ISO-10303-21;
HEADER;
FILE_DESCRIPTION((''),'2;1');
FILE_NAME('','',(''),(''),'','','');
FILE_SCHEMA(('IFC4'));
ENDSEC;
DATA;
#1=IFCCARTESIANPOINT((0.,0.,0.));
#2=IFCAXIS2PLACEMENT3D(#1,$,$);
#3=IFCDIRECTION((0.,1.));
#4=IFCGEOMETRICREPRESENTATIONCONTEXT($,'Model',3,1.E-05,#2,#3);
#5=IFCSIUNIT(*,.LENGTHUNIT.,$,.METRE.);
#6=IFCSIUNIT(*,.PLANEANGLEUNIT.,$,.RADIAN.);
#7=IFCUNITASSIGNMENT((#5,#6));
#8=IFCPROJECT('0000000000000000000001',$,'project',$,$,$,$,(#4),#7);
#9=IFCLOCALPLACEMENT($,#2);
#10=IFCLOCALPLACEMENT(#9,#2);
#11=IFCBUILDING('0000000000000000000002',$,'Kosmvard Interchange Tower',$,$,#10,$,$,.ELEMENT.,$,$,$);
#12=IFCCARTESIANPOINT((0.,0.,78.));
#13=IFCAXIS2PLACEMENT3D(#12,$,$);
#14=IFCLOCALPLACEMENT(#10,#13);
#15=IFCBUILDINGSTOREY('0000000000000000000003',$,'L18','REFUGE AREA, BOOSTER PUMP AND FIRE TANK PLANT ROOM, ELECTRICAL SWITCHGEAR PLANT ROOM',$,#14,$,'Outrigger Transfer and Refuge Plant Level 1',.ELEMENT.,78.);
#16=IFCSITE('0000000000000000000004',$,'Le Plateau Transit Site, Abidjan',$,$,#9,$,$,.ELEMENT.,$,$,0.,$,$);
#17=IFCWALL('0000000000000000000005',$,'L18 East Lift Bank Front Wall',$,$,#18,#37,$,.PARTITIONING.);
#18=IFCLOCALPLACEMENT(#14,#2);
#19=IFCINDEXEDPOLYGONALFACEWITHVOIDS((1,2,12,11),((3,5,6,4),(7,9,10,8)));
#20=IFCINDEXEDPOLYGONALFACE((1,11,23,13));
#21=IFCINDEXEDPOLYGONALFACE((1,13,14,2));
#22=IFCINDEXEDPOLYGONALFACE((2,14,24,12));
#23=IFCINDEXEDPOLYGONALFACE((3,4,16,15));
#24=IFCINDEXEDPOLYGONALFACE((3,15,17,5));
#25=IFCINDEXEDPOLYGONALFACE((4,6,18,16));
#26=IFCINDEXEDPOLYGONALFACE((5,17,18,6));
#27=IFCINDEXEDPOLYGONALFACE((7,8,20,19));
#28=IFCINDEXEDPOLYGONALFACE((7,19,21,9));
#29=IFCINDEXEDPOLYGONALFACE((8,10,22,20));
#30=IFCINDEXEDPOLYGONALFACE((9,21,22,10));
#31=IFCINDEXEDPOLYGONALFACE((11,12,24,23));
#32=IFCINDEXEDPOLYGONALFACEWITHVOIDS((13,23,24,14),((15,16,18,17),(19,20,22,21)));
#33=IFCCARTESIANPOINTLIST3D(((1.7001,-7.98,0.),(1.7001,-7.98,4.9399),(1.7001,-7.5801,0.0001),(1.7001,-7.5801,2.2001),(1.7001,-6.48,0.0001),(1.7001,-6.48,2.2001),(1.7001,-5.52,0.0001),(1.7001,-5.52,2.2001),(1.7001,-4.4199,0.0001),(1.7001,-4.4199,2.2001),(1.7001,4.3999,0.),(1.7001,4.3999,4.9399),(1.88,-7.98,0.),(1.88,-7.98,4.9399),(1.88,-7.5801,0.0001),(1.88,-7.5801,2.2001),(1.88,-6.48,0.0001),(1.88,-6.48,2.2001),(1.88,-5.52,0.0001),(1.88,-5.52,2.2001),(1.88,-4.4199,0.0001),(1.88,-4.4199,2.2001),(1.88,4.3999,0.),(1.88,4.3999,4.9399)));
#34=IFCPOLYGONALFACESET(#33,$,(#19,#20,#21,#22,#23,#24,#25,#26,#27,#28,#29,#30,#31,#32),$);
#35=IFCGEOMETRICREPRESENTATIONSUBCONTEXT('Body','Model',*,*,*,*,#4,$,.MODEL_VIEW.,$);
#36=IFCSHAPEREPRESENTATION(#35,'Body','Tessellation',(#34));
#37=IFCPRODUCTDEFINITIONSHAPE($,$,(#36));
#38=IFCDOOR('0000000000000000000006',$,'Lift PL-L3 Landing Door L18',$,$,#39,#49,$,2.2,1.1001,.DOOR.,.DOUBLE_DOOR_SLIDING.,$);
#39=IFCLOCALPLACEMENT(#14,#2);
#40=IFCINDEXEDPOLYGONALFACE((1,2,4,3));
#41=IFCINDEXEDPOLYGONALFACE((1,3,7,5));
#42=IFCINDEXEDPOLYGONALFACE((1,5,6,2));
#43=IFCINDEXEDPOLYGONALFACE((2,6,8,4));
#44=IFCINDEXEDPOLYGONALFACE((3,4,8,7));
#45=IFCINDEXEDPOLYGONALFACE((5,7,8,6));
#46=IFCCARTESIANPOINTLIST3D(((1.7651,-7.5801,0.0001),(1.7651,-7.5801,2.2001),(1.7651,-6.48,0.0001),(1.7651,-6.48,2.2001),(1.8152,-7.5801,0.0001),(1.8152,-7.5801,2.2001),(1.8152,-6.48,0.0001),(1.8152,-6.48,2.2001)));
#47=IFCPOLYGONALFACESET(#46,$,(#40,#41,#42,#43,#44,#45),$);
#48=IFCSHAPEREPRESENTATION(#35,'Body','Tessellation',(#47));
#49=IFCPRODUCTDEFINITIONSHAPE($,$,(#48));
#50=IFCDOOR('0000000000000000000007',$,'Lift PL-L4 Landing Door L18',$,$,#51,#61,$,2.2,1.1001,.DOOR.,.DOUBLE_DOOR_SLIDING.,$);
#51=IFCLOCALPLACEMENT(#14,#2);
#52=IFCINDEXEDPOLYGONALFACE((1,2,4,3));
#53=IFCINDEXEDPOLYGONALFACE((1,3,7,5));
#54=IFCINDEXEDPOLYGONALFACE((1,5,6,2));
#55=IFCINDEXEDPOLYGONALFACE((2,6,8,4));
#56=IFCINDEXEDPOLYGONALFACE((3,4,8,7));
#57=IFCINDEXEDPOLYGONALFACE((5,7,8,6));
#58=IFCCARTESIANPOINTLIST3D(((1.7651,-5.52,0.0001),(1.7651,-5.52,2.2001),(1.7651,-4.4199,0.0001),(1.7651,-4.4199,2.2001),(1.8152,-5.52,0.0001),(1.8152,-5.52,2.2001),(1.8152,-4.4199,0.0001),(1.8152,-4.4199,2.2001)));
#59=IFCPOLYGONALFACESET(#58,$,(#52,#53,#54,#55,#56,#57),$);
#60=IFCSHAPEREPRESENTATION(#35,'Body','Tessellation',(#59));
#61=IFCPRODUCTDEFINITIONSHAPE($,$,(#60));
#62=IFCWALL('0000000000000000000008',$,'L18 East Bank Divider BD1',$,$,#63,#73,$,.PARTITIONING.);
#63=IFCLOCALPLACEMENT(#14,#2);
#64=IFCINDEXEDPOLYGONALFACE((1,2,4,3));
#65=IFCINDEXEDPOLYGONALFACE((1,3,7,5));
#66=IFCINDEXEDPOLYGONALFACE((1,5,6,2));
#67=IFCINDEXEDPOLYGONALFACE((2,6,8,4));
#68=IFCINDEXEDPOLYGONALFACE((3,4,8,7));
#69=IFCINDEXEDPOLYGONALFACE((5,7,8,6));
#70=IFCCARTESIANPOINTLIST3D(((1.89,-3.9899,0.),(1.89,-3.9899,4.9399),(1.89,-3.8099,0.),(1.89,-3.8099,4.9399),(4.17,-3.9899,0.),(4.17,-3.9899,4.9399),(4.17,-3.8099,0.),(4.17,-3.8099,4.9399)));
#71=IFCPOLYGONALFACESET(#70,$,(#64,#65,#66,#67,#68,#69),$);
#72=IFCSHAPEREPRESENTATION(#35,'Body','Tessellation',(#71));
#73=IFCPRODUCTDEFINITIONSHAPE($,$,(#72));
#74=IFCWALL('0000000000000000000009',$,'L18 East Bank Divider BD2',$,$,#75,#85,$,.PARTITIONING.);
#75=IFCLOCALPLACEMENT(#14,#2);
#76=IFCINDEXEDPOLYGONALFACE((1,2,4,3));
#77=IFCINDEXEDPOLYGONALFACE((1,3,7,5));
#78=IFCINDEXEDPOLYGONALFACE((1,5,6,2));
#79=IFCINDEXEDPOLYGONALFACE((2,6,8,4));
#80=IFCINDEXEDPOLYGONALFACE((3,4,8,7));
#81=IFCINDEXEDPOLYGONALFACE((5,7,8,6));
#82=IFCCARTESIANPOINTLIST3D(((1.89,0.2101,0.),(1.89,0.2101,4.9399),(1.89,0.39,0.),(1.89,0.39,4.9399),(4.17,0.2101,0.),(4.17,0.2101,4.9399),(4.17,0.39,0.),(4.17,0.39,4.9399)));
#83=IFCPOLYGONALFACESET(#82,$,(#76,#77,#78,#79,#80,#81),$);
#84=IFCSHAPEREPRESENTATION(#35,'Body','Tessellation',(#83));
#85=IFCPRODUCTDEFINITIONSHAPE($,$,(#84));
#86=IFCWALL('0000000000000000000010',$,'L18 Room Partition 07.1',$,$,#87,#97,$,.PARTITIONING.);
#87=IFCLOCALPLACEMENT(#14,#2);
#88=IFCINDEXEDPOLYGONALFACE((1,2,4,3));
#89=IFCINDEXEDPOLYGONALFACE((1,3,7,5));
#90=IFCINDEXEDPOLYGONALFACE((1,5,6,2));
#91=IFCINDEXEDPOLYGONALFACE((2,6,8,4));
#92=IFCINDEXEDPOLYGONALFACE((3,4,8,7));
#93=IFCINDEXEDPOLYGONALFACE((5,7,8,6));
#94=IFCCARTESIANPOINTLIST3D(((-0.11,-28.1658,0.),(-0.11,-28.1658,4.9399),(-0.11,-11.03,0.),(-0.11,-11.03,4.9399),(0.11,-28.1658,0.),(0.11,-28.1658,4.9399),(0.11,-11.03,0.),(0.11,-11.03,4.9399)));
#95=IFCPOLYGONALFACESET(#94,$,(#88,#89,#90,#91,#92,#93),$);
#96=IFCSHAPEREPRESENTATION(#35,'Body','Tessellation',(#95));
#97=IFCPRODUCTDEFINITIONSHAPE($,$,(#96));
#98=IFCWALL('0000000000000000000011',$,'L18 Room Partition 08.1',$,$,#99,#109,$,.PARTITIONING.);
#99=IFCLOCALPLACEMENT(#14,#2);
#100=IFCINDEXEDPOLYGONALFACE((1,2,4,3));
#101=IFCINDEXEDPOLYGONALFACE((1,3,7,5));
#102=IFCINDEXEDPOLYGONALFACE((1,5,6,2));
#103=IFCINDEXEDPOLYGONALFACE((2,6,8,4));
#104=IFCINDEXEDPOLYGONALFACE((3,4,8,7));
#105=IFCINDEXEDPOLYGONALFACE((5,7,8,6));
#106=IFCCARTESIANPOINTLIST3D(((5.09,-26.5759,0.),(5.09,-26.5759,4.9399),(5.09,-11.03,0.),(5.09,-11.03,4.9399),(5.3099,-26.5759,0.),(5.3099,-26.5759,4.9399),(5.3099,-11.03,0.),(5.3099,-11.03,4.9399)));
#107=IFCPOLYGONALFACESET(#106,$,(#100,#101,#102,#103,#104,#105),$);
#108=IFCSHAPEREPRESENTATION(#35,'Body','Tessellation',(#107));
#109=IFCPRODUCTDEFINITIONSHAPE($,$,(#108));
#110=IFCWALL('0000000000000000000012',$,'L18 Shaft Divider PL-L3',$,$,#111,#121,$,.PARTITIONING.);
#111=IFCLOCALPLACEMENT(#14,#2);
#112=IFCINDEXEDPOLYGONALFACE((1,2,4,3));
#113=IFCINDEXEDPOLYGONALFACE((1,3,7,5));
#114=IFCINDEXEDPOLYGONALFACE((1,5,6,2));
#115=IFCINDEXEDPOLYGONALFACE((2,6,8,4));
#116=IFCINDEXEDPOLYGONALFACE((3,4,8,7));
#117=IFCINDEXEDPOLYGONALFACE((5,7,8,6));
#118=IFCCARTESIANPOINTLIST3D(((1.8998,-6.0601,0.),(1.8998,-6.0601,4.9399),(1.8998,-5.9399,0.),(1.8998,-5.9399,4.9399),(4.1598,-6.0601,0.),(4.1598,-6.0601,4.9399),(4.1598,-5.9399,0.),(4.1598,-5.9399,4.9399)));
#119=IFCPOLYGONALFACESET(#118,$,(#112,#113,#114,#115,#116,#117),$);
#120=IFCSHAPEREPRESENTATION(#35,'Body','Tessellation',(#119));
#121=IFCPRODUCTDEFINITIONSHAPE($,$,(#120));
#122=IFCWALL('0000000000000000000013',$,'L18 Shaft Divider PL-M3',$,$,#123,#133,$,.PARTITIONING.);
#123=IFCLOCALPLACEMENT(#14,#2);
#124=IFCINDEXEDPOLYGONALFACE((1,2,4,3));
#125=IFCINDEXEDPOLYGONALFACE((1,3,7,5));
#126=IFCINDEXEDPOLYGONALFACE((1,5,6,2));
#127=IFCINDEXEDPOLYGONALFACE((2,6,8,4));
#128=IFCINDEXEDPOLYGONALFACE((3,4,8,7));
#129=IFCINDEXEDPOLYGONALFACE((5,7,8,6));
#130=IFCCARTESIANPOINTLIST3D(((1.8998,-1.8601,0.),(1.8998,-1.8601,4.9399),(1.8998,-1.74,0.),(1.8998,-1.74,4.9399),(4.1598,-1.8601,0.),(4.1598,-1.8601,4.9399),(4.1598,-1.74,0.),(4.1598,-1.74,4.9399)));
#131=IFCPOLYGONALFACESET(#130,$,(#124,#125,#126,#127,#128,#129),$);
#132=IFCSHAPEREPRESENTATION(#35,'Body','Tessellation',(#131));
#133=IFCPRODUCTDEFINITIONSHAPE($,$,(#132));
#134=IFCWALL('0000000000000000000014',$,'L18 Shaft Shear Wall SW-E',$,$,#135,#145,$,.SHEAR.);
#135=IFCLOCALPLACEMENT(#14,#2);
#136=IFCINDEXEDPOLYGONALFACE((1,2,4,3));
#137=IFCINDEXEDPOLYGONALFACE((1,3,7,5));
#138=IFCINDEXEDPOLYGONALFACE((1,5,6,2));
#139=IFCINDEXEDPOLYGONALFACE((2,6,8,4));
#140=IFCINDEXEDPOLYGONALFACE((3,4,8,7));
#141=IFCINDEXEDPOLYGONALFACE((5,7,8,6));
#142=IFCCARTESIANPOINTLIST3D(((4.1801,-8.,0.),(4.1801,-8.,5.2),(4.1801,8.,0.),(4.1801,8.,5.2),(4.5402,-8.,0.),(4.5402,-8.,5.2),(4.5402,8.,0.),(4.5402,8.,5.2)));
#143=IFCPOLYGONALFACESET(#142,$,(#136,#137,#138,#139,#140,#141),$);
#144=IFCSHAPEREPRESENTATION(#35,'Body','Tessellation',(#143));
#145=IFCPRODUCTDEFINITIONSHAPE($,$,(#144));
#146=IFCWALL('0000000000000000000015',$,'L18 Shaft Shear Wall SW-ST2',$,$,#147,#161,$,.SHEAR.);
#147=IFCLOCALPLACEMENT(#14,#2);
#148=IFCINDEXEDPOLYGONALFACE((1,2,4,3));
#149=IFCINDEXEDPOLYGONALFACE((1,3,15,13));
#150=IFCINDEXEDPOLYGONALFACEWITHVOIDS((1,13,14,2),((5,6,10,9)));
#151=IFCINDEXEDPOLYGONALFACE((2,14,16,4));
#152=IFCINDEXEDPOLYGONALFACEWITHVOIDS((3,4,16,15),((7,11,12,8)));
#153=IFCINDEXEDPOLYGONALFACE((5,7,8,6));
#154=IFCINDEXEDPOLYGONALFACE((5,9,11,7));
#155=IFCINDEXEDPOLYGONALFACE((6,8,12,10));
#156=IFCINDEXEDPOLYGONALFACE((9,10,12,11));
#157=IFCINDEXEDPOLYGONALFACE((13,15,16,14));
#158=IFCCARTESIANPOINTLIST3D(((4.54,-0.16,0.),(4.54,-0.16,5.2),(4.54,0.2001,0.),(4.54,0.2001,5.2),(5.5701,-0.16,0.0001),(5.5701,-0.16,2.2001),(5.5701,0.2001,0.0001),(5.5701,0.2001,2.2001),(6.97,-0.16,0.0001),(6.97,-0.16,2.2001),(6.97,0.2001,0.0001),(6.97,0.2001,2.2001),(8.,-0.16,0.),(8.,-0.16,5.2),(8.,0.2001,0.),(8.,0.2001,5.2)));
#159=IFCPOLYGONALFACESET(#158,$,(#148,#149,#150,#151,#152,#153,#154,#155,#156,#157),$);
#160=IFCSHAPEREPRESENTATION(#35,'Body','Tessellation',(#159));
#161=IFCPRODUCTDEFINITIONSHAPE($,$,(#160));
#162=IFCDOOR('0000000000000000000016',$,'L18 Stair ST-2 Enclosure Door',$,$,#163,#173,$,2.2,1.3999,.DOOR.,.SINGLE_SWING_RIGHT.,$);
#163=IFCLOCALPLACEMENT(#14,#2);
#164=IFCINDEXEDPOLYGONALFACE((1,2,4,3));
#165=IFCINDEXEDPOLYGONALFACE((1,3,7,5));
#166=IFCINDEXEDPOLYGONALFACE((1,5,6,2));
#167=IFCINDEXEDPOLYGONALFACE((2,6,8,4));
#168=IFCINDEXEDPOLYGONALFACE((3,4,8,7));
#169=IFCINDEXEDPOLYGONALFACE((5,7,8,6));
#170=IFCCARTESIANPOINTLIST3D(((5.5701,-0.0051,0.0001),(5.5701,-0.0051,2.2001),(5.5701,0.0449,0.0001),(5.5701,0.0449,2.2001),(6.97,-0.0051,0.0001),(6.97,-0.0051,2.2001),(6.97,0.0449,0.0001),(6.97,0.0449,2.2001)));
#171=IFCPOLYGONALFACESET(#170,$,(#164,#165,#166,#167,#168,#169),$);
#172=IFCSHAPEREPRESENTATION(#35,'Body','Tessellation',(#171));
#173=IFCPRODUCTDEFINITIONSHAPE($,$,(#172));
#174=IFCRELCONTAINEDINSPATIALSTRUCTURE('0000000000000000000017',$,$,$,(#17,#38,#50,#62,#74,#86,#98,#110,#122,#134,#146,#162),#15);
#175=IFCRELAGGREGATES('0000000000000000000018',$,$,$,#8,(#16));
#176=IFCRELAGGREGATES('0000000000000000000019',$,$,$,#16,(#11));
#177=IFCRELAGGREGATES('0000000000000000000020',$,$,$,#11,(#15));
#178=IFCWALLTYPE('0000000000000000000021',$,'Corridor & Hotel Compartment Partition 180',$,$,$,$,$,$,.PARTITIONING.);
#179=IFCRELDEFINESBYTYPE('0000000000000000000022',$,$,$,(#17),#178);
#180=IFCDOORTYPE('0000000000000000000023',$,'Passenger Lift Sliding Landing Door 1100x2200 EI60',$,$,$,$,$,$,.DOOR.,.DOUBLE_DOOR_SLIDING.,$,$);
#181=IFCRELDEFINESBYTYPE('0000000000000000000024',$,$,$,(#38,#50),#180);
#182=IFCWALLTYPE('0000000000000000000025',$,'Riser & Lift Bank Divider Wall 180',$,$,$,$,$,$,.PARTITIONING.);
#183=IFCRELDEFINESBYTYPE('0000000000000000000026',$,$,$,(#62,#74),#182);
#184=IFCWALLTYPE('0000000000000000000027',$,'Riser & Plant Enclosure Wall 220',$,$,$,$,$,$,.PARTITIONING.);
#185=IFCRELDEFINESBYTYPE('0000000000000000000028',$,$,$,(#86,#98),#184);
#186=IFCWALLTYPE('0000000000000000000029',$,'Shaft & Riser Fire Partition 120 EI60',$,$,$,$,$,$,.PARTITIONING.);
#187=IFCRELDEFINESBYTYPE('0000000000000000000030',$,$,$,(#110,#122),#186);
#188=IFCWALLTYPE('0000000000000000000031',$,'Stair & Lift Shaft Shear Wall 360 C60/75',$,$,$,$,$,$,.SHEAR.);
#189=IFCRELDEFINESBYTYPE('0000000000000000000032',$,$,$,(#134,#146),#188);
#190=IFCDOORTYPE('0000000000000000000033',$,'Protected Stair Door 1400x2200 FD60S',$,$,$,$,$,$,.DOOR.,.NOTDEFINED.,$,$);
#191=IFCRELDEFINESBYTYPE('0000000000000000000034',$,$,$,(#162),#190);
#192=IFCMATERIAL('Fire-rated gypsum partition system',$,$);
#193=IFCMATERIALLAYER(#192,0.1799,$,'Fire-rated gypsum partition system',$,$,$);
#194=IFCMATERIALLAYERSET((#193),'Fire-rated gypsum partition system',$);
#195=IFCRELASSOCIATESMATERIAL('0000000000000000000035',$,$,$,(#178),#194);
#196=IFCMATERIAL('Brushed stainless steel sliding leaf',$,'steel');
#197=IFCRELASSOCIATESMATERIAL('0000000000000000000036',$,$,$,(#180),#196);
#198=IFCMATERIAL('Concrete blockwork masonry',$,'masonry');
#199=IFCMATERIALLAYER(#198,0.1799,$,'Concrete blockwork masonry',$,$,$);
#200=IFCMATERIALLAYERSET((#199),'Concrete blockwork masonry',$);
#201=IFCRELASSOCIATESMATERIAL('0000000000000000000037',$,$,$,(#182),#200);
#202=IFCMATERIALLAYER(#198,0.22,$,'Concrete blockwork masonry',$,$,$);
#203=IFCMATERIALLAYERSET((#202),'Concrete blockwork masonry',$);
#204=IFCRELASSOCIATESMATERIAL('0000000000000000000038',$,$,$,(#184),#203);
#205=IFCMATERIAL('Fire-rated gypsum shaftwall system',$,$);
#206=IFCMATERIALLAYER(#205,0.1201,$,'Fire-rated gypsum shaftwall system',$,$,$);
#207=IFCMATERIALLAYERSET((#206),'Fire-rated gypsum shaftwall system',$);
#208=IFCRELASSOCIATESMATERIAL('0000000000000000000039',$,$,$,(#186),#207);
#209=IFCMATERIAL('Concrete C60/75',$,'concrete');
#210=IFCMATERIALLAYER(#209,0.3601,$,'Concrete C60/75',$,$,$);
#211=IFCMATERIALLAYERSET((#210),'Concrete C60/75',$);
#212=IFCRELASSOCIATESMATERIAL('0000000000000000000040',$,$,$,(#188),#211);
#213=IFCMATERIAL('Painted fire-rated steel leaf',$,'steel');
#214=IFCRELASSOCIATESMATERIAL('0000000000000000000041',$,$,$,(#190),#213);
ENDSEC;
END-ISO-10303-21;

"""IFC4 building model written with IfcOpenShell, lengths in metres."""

from ifc_helpers import new_model, si_unit, direction, frame, frame_2d, origin, place, context, subcontext, project, spatial, rectangle, extrude, source, transform, mapped, material, layer, layer_set, type_object, element, fill, save


model = new_model("IFC4")

# Units and contexts
model_context = context("Model", 3, precision=1e-05, world=origin(), true_north=direction((0.0, 1.0)))
body_context = subcontext(model_context, "Body", "Model", "MODEL_VIEW")
ifc_project = project(units=[si_unit("LENGTHUNIT", "METRE"), si_unit("PLANEANGLEUNIT", "RADIAN")], contexts=[model_context])

# Site, building, storey
site_placement = place(None, origin())
site = spatial("IfcSite", under=ifc_project, at=site_placement, Name="Le Plateau Transit Site, Abidjan", CompositionType="ELEMENT", RefElevation=0.0)
building_placement = place(site_placement, origin())
building = spatial("IfcBuilding", under=site, at=building_placement, Name="Kosmvard Interchange Tower", CompositionType="ELEMENT")
storey_placement = place(building_placement, frame((0.0, 0.0, 78.0)))
storey = spatial("IfcBuildingStorey", under=building, at=storey_placement, Name="L18", Description="REFUGE AREA, BOOSTER PUMP AND FIRE TANK PLANT ROOM, ELECTRICAL SWITCHGEAR PLANT ROOM", LongName="Outrigger Transfer and Refuge Plant Level 1", CompositionType="ELEMENT", Elevation=78.0)

# Wall, openings, doors
ifc_material_1 = material(Name="Fire-rated gypsum partition system")
ifc_layer_1 = layer(ifc_material_1, 0.1799, Name="Fire-rated gypsum partition system")
ifc_layer_set_1 = layer_set([ifc_layer_1], Name="Fire-rated gypsum partition system")
wall_type_1 = type_object("IfcWallType", Name="Corridor & Hotel Compartment Partition 180", PredefinedType="PARTITIONING", material=ifc_layer_set_1)
wall_1_placement = place(storey_placement, frame((1.79, -7.98, 0.0), z_axis=(0.0, 0.0, 1.0), x_axis=(0.0, 1.0, 0.0)))
wall_1 = element("IfcWall", 1, at=wall_1_placement, inside=storey, type_object=wall_type_1, Name="L18 East Lift Bank Front Wall", PredefinedType="PARTITIONING", context=body_context, shape_type="SweptSolid", body=[
    extrude(rectangle(XDim=12.3799, YDim=0.1799, at=frame_2d((6.1899, 0.0))), origin(), (0.0, 0.0, 1.0), 4.9399),
])
opening_1_placement = place(wall_1_placement, frame((0.3999, 0.0, 0.0)))
opening_1 = element("IfcOpeningElement", 2, at=opening_1_placement, cuts=wall_1, PredefinedType="OPENING", context=body_context, shape_type="SweptSolid", body=[
    extrude(rectangle(XDim=1.1001, YDim=2.2, at=frame_2d((0.55, 1.1001))), frame((0.0, 0.1001, 0.0), z_axis=(0.0, -1.0, 0.0), x_axis=(1.0, 0.0, 0.0)), (0.0, 0.0, 1.0), 0.2),
])
opening_2_placement = place(wall_1_placement, frame((2.46, 0.0, 0.0)))
opening_2 = element("IfcOpeningElement", 3, at=opening_2_placement, cuts=wall_1, PredefinedType="OPENING", context=body_context, shape_type="SweptSolid", body=[
    extrude(rectangle(XDim=1.1001, YDim=2.2, at=frame_2d((0.55, 1.1001))), frame((0.0, 0.1001, 0.0), z_axis=(0.0, -1.0, 0.0), x_axis=(1.0, 0.0, 0.0)), (0.0, 0.0, 1.0), 0.2),
])
ifc_material_2 = material(Name="Brushed stainless steel sliding leaf", Category="steel")
door_type_1 = type_object("IfcDoorType", Name="Passenger Lift Sliding Landing Door 1100x2200 EI60", OperationType="DOUBLE_DOOR_SLIDING", PredefinedType="DOOR", material=ifc_material_2)
shared_shape_1 = source(origin(), body_context, "Body", "SweptSolid", [
    extrude(rectangle(XDim=1.1001, YDim=2.2, at=frame_2d((0.55, 1.1001))), frame((0.0, 0.0249, 0.0), z_axis=(0.0, -1.0, 0.0), x_axis=(1.0, 0.0, 0.0)), (0.0, 0.0, 1.0), 0.05),
])
door_1_placement = place(opening_1_placement, origin())
door_1 = element("IfcDoor", 4, at=door_1_placement, inside=storey, type_object=door_type_1, Name="Lift PL-L3 Landing Door L18", OperationType="DOUBLE_DOOR_SLIDING", OverallHeight=2.2, OverallWidth=1.1001, PredefinedType="DOOR", context=body_context, shape_type="MappedRepresentation", body=[
    mapped(shared_shape_1, transform((0.0, 0.0, 0.0), scale=1.0)),
])
fill(opening_1, door_1)
door_2_placement = place(opening_2_placement, origin())
door_2 = element("IfcDoor", 5, at=door_2_placement, inside=storey, type_object=door_type_1, Name="Lift PL-L4 Landing Door L18", OperationType="DOUBLE_DOOR_SLIDING", OverallHeight=2.2, OverallWidth=1.1001, PredefinedType="DOOR", context=body_context, shape_type="MappedRepresentation", body=[
    mapped(shared_shape_1, transform((0.0, 0.0, 0.0), scale=1.0)),
])
fill(opening_2, door_2)

# Walls
ifc_material_3 = material(Name="Concrete blockwork masonry", Category="masonry")
ifc_layer_2 = layer(ifc_material_3, 0.1799, Name="Concrete blockwork masonry")
ifc_layer_set_2 = layer_set([ifc_layer_2], Name="Concrete blockwork masonry")
wall_type_2 = type_object("IfcWallType", Name="Riser & Lift Bank Divider Wall 180", PredefinedType="PARTITIONING", material=ifc_layer_set_2)
for number, where, z_axis, x_axis, name in (
    (6, (1.8899, -3.8999, 0.0), (0.0, 0.0, 1.0), (1.0, 0.0, 0.0), "L18 East Bank Divider BD1"),
    (7, (1.8899, 0.3, 0.0), (0.0, 0.0, 1.0), (1.0, 0.0, 0.0), "L18 East Bank Divider BD2"),
):
    element("IfcWall", number, at=place(storey_placement, frame(where, z_axis=z_axis, x_axis=x_axis)), inside=storey, type_object=wall_type_2, Name=name, PredefinedType="PARTITIONING", context=body_context, shape_type="SweptSolid", body=[
        extrude(rectangle(XDim=2.28, YDim=0.1799, at=frame_2d((1.1401, 0.0))), origin(), (0.0, 0.0, 1.0), 4.9399),
    ])
ifc_layer_3 = layer(ifc_material_3, 0.22, Name="Concrete blockwork masonry")
ifc_layer_set_3 = layer_set([ifc_layer_3], Name="Concrete blockwork masonry")
wall_type_3 = type_object("IfcWallType", Name="Riser & Plant Enclosure Wall 220", PredefinedType="PARTITIONING", material=ifc_layer_set_3)
wall_2_placement = place(storey_placement, frame((0.0, -11.03, 0.0), z_axis=(0.0, 0.0, 1.0), x_axis=(0.0, -1.0, 0.0)))
element("IfcWall", 8, at=wall_2_placement, inside=storey, type_object=wall_type_3, Name="L18 Room Partition 07.1", PredefinedType="PARTITIONING", context=body_context, shape_type="SweptSolid", body=[
    extrude(rectangle(XDim=17.1357, YDim=0.22, at=frame_2d((8.5679, 0.0))), origin(), (0.0, 0.0, 1.0), 4.9399),
])
wall_3_placement = place(storey_placement, frame((5.2, -11.03, 0.0), z_axis=(0.0, 0.0, 1.0), x_axis=(0.0, -1.0, 0.0)))
element("IfcWall", 9, at=wall_3_placement, inside=storey, type_object=wall_type_3, Name="L18 Room Partition 08.1", PredefinedType="PARTITIONING", context=body_context, shape_type="SweptSolid", body=[
    extrude(rectangle(XDim=15.5459, YDim=0.22, at=frame_2d((7.7729, 0.0))), origin(), (0.0, 0.0, 1.0), 4.9399),
])
ifc_material_4 = material(Name="Fire-rated gypsum shaftwall system")
ifc_layer_4 = layer(ifc_material_4, 0.1201, Name="Fire-rated gypsum shaftwall system")
ifc_layer_set_4 = layer_set([ifc_layer_4], Name="Fire-rated gypsum shaftwall system")
wall_type_4 = type_object("IfcWallType", Name="Shaft & Riser Fire Partition 120 EI60", PredefinedType="PARTITIONING", material=ifc_layer_set_4)
for number, where, z_axis, x_axis, name in (
    (10, (1.8999, -6.0, 0.0), (0.0, 0.0, 1.0), (1.0, 0.0, 0.0), "L18 Shaft Divider PL-L3"),
    (11, (1.8999, -1.8, 0.0), (0.0, 0.0, 1.0), (1.0, 0.0, 0.0), "L18 Shaft Divider PL-M3"),
):
    element("IfcWall", number, at=place(storey_placement, frame(where, z_axis=z_axis, x_axis=x_axis)), inside=storey, type_object=wall_type_4, Name=name, PredefinedType="PARTITIONING", context=body_context, shape_type="SweptSolid", body=[
        extrude(rectangle(XDim=2.26, YDim=0.1201, at=frame_2d((1.1299, 0.0))), origin(), (0.0, 0.0, 1.0), 4.9399),
    ])
ifc_material_5 = material(Name="Concrete C60/75", Category="concrete")
ifc_layer_5 = layer(ifc_material_5, 0.3601, Name="Concrete C60/75")
ifc_layer_set_5 = layer_set([ifc_layer_5], Name="Concrete C60/75")
wall_type_5 = type_object("IfcWallType", Name="Stair & Lift Shaft Shear Wall 360 C60/75", PredefinedType="SHEAR", material=ifc_layer_set_5)
wall_4_placement = place(storey_placement, frame((4.3601, -8.0, 0.0), z_axis=(0.0, 0.0, 1.0), x_axis=(0.0, 1.0, 0.0)))
element("IfcWall", 12, at=wall_4_placement, inside=storey, type_object=wall_type_5, Name="L18 Shaft Shear Wall SW-E", PredefinedType="SHEAR", context=body_context, shape_type="SweptSolid", body=[
    extrude(rectangle(XDim=16.0, YDim=0.3601, at=frame_2d((8.0, 0.0))), origin(), (0.0, 0.0, 1.0), 5.2),
])

# Wall, opening, door
wall_5_placement = place(storey_placement, frame((4.54, 0.02, 0.0), z_axis=(0.0, 0.0, 1.0), x_axis=(1.0, 0.0, 0.0)))
wall_5 = element("IfcWall", 13, at=wall_5_placement, inside=storey, type_object=wall_type_5, Name="L18 Shaft Shear Wall SW-ST2", PredefinedType="SHEAR", context=body_context, shape_type="SweptSolid", body=[
    extrude(rectangle(XDim=3.46, YDim=0.3601, at=frame_2d((1.73, 0.0))), origin(), (0.0, 0.0, 1.0), 5.2),
])
opening_3_placement = place(wall_5_placement, frame((1.03, 0.0, 0.0)))
opening_3 = element("IfcOpeningElement", 14, at=opening_3_placement, cuts=wall_5, PredefinedType="OPENING", context=body_context, shape_type="SweptSolid", body=[
    extrude(rectangle(XDim=1.3999, YDim=2.2, at=frame_2d((0.7, 1.1001))), frame((0.0, 0.1899, 0.0), z_axis=(0.0, -1.0, 0.0), x_axis=(1.0, 0.0, 0.0)), (0.0, 0.0, 1.0), 0.3801),
])
ifc_material_6 = material(Name="Painted fire-rated steel leaf", Category="steel")
door_type_2 = type_object("IfcDoorType", Name="Protected Stair Door 1400x2200 FD60S", OperationType="NOTDEFINED", PredefinedType="DOOR", material=ifc_material_6)
shared_shape_2 = source(origin(), body_context, "Body", "SweptSolid", [
    extrude(rectangle(XDim=1.3999, YDim=2.2, at=frame_2d((0.7, 1.1001))), frame((0.0, 0.0249, 0.0), z_axis=(0.0, -1.0, 0.0), x_axis=(1.0, 0.0, 0.0)), (0.0, 0.0, 1.0), 0.05),
])
door_3_placement = place(opening_3_placement, origin())
door_3 = element("IfcDoor", 15, at=door_3_placement, inside=storey, type_object=door_type_2, Name="L18 Stair ST-2 Enclosure Door", OperationType="SINGLE_SWING_RIGHT", OverallHeight=2.2, OverallWidth=1.3999, PredefinedType="DOOR", context=body_context, shape_type="MappedRepresentation", body=[
    mapped(shared_shape_2, transform((0.0, 0.0, 0.0), scale=1.0)),
])
fill(opening_3, door_3)

save(model, "model.ifc")
